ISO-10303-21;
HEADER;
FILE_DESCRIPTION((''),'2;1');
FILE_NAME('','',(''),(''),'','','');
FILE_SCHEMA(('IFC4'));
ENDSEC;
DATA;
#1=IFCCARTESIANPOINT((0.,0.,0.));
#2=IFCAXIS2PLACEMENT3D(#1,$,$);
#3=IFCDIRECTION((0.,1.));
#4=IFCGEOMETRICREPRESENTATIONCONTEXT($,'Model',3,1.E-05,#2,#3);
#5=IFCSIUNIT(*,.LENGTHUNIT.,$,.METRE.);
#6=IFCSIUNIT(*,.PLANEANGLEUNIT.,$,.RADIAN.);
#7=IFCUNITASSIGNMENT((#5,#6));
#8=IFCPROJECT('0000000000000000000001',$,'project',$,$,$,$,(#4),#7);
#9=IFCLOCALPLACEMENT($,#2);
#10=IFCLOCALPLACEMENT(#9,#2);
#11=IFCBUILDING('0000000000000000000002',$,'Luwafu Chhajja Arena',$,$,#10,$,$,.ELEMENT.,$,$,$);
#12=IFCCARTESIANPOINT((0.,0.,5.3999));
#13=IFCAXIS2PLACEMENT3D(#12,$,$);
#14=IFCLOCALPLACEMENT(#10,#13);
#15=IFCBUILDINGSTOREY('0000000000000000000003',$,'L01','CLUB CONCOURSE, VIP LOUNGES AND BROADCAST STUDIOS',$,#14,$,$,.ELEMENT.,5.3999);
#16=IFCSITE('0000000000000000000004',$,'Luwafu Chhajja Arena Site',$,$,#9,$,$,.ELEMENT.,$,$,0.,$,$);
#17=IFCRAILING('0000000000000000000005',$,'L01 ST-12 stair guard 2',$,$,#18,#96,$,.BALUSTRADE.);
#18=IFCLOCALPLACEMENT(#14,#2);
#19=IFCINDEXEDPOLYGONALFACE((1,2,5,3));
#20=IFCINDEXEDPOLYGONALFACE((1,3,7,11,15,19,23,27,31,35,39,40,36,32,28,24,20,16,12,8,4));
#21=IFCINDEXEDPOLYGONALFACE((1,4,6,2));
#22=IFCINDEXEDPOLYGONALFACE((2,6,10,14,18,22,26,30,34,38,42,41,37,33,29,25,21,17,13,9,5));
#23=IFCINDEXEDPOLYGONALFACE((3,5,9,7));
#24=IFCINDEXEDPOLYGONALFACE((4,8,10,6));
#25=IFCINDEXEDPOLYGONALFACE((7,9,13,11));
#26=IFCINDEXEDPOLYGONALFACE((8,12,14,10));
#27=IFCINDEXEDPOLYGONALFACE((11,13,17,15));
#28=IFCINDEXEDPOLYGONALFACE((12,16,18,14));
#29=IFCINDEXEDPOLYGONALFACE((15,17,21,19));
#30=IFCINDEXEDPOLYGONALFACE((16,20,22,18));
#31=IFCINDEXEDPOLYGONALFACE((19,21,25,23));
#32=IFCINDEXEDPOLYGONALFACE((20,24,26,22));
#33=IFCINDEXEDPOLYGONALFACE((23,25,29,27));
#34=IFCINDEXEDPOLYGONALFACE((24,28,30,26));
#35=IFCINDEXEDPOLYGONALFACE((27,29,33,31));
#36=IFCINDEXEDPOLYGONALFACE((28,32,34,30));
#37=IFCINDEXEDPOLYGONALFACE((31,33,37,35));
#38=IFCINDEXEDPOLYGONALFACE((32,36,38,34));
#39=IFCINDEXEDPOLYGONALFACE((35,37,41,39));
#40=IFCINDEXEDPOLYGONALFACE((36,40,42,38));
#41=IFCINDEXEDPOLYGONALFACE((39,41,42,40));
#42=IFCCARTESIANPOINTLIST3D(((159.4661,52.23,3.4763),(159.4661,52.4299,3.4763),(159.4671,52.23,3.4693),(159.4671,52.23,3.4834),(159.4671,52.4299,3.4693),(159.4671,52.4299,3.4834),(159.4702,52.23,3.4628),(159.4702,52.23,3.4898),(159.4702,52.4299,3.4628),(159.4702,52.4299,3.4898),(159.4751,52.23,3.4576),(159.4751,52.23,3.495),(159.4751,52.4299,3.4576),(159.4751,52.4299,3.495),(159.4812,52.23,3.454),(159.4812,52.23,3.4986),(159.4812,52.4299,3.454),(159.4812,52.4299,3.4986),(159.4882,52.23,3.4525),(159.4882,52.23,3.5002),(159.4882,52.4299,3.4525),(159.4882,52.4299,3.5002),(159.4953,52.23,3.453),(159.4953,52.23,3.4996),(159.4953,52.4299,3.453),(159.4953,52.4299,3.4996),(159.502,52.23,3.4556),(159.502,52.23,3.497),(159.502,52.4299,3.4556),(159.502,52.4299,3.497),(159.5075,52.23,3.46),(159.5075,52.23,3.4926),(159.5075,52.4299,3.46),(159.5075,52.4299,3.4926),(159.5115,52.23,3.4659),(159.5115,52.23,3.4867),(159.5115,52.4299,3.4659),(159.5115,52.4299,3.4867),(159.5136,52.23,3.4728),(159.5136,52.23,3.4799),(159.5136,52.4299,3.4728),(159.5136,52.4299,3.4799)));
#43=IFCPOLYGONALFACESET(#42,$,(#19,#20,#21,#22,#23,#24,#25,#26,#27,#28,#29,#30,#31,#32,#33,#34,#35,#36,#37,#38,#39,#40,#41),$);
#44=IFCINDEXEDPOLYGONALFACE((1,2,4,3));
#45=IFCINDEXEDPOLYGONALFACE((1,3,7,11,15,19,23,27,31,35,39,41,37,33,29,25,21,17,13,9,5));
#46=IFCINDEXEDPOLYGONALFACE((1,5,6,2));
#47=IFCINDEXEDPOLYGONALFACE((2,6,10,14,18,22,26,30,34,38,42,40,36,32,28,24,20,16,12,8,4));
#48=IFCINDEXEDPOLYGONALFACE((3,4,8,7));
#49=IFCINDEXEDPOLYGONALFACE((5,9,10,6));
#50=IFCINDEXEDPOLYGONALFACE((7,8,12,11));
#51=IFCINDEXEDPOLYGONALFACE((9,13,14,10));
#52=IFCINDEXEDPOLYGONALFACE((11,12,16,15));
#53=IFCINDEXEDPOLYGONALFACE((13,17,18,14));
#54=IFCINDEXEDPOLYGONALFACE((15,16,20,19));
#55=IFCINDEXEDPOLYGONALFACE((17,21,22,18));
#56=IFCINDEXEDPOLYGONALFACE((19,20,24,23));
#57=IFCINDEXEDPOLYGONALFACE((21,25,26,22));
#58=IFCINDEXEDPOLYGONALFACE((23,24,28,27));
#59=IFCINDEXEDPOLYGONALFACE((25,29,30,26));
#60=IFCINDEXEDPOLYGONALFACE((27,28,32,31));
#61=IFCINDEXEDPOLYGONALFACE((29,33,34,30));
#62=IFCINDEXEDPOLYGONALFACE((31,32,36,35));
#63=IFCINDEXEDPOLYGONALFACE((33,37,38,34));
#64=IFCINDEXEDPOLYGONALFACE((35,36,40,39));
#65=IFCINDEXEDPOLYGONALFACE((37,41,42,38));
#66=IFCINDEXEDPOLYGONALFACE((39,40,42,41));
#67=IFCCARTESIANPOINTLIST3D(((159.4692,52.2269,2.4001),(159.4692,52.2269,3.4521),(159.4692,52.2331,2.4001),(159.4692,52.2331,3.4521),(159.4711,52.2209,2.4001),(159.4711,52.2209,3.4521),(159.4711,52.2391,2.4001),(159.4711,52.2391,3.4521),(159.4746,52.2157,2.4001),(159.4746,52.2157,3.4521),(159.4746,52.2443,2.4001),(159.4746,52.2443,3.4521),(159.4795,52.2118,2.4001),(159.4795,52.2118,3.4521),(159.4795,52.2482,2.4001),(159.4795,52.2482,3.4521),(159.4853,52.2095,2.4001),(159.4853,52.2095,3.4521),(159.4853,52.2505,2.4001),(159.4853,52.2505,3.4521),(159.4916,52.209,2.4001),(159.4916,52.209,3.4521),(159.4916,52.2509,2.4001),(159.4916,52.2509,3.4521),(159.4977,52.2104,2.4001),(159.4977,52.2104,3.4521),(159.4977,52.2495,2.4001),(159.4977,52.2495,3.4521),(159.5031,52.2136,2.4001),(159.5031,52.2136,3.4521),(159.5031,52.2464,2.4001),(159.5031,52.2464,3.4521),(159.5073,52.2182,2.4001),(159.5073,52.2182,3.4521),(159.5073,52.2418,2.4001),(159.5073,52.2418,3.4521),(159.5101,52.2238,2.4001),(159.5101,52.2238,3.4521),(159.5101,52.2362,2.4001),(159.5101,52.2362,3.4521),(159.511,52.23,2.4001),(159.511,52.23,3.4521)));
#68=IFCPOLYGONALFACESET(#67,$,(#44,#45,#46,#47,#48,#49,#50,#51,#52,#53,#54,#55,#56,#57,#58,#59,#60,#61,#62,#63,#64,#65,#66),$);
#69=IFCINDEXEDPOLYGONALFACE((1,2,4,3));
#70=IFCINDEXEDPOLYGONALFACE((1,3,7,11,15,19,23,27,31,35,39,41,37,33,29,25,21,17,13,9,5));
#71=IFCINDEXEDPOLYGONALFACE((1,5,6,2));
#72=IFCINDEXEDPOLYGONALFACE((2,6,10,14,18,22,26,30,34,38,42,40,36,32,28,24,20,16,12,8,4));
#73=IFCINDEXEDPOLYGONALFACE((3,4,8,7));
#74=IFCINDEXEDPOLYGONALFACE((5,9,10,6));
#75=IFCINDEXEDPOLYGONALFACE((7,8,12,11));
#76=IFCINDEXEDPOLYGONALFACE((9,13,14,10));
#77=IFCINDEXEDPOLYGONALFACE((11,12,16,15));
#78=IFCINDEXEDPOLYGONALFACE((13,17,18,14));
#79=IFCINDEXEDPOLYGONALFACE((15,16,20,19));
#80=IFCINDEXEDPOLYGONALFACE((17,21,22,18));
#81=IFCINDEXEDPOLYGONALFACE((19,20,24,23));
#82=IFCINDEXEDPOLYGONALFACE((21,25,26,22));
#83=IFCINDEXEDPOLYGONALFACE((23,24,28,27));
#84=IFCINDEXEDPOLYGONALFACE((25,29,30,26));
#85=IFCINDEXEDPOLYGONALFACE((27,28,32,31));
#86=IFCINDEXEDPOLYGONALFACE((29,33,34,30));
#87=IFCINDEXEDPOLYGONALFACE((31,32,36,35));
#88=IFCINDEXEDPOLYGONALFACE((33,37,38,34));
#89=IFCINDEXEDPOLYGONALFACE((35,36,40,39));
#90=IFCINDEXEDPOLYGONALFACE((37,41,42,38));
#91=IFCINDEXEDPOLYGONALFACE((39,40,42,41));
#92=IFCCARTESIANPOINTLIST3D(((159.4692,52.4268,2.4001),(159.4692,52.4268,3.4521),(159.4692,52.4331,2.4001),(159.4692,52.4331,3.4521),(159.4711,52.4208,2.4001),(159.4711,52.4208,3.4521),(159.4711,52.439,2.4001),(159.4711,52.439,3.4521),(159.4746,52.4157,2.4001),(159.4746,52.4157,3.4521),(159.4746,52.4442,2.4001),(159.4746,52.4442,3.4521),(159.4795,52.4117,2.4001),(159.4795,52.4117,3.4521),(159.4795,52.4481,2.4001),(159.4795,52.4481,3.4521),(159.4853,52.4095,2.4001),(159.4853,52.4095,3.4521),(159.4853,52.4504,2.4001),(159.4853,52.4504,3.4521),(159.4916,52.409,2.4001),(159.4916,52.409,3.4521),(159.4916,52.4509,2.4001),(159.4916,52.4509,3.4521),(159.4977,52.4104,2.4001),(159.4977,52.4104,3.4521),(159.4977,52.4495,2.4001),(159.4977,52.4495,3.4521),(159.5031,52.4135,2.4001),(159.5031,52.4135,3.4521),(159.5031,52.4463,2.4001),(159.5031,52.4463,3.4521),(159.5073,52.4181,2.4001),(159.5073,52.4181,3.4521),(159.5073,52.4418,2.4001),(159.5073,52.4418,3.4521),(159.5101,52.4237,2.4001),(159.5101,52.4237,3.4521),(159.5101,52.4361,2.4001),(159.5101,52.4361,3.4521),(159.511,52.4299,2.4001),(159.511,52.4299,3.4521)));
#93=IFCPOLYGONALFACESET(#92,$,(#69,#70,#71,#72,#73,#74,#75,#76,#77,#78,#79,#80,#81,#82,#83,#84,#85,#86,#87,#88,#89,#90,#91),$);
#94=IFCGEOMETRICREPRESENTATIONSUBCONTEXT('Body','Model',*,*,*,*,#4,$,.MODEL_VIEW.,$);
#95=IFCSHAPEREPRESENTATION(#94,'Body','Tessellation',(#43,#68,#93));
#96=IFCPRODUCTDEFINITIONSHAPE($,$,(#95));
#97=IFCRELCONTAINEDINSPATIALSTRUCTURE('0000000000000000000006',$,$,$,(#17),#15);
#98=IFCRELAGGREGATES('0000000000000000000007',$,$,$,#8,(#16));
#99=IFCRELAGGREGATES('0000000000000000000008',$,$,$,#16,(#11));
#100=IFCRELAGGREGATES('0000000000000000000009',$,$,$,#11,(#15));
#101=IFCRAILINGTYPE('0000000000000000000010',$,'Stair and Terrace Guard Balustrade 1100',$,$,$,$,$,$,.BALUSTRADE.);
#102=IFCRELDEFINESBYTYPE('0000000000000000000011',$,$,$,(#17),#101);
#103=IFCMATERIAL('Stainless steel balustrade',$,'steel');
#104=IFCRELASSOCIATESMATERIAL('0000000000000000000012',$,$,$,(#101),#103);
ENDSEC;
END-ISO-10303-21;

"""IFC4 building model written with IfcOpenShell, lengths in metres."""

from ifc_helpers import new_model, si_unit, direction, frame, origin, origin_2d, place, context, subcontext, project, spatial, circle, extrude, material, type_object, element, save


model = new_model("IFC4")

# Units and contexts
model_context = context("Model", 3, precision=1e-05, world=origin(), true_north=direction((0.0, 1.0)))
body_context = subcontext(model_context, "Body", "Model", "MODEL_VIEW")
ifc_project = project(units=[si_unit("LENGTHUNIT", "METRE"), si_unit("PLANEANGLEUNIT", "RADIAN")], contexts=[model_context])

# Site, building, storey
site_placement = place(None, origin())
site = spatial("IfcSite", under=ifc_project, at=site_placement, Name="Luwafu Chhajja Arena Site", CompositionType="ELEMENT", RefElevation=0.0)
building_placement = place(site_placement, origin())
building = spatial("IfcBuilding", under=site, at=building_placement, Name="Luwafu Chhajja Arena", CompositionType="ELEMENT")
storey_placement = place(building_placement, frame((0.0, 0.0, 5.3999)))
storey = spatial("IfcBuildingStorey", under=building, at=storey_placement, Name="L01", Description="CLUB CONCOURSE, VIP LOUNGES AND BROADCAST STUDIOS", CompositionType="ELEMENT", Elevation=5.3999)

# Railing
ifc_material_1 = material(Name="Stainless steel balustrade", Category="steel")
railing_type_1 = type_object("IfcRailingType", Name="Stair and Terrace Guard Balustrade 1100", PredefinedType="BALUSTRADE", material=ifc_material_1)
railing_1_placement = place(storey_placement, frame((159.49, 52.23, 2.4001)))
element("IfcRailing", 1, at=railing_1_placement, inside=storey, type_object=railing_type_1, Name="L01 ST-12 stair guard 2", PredefinedType="BALUSTRADE", context=body_context, shape_type="SweptSolid", body=[
    extrude(circle(Radius=0.0239, at=origin_2d()), frame((0.0, 0.0, 1.0762), z_axis=(0.0, 1.0, 0.0), x_axis=(-1.0, 0.0, 0.0)), (0.0, 0.0, 1.0), 0.2),
    extrude(circle(Radius=0.021, at=origin_2d()), origin(), (0.0, 0.0, 1.0), 1.052),
    extrude(circle(Radius=0.021, at=origin_2d()), frame((0.0, 0.2, 0.0)), (0.0, 0.0, 1.0), 1.052),
])

save(model, "model.ifc")
